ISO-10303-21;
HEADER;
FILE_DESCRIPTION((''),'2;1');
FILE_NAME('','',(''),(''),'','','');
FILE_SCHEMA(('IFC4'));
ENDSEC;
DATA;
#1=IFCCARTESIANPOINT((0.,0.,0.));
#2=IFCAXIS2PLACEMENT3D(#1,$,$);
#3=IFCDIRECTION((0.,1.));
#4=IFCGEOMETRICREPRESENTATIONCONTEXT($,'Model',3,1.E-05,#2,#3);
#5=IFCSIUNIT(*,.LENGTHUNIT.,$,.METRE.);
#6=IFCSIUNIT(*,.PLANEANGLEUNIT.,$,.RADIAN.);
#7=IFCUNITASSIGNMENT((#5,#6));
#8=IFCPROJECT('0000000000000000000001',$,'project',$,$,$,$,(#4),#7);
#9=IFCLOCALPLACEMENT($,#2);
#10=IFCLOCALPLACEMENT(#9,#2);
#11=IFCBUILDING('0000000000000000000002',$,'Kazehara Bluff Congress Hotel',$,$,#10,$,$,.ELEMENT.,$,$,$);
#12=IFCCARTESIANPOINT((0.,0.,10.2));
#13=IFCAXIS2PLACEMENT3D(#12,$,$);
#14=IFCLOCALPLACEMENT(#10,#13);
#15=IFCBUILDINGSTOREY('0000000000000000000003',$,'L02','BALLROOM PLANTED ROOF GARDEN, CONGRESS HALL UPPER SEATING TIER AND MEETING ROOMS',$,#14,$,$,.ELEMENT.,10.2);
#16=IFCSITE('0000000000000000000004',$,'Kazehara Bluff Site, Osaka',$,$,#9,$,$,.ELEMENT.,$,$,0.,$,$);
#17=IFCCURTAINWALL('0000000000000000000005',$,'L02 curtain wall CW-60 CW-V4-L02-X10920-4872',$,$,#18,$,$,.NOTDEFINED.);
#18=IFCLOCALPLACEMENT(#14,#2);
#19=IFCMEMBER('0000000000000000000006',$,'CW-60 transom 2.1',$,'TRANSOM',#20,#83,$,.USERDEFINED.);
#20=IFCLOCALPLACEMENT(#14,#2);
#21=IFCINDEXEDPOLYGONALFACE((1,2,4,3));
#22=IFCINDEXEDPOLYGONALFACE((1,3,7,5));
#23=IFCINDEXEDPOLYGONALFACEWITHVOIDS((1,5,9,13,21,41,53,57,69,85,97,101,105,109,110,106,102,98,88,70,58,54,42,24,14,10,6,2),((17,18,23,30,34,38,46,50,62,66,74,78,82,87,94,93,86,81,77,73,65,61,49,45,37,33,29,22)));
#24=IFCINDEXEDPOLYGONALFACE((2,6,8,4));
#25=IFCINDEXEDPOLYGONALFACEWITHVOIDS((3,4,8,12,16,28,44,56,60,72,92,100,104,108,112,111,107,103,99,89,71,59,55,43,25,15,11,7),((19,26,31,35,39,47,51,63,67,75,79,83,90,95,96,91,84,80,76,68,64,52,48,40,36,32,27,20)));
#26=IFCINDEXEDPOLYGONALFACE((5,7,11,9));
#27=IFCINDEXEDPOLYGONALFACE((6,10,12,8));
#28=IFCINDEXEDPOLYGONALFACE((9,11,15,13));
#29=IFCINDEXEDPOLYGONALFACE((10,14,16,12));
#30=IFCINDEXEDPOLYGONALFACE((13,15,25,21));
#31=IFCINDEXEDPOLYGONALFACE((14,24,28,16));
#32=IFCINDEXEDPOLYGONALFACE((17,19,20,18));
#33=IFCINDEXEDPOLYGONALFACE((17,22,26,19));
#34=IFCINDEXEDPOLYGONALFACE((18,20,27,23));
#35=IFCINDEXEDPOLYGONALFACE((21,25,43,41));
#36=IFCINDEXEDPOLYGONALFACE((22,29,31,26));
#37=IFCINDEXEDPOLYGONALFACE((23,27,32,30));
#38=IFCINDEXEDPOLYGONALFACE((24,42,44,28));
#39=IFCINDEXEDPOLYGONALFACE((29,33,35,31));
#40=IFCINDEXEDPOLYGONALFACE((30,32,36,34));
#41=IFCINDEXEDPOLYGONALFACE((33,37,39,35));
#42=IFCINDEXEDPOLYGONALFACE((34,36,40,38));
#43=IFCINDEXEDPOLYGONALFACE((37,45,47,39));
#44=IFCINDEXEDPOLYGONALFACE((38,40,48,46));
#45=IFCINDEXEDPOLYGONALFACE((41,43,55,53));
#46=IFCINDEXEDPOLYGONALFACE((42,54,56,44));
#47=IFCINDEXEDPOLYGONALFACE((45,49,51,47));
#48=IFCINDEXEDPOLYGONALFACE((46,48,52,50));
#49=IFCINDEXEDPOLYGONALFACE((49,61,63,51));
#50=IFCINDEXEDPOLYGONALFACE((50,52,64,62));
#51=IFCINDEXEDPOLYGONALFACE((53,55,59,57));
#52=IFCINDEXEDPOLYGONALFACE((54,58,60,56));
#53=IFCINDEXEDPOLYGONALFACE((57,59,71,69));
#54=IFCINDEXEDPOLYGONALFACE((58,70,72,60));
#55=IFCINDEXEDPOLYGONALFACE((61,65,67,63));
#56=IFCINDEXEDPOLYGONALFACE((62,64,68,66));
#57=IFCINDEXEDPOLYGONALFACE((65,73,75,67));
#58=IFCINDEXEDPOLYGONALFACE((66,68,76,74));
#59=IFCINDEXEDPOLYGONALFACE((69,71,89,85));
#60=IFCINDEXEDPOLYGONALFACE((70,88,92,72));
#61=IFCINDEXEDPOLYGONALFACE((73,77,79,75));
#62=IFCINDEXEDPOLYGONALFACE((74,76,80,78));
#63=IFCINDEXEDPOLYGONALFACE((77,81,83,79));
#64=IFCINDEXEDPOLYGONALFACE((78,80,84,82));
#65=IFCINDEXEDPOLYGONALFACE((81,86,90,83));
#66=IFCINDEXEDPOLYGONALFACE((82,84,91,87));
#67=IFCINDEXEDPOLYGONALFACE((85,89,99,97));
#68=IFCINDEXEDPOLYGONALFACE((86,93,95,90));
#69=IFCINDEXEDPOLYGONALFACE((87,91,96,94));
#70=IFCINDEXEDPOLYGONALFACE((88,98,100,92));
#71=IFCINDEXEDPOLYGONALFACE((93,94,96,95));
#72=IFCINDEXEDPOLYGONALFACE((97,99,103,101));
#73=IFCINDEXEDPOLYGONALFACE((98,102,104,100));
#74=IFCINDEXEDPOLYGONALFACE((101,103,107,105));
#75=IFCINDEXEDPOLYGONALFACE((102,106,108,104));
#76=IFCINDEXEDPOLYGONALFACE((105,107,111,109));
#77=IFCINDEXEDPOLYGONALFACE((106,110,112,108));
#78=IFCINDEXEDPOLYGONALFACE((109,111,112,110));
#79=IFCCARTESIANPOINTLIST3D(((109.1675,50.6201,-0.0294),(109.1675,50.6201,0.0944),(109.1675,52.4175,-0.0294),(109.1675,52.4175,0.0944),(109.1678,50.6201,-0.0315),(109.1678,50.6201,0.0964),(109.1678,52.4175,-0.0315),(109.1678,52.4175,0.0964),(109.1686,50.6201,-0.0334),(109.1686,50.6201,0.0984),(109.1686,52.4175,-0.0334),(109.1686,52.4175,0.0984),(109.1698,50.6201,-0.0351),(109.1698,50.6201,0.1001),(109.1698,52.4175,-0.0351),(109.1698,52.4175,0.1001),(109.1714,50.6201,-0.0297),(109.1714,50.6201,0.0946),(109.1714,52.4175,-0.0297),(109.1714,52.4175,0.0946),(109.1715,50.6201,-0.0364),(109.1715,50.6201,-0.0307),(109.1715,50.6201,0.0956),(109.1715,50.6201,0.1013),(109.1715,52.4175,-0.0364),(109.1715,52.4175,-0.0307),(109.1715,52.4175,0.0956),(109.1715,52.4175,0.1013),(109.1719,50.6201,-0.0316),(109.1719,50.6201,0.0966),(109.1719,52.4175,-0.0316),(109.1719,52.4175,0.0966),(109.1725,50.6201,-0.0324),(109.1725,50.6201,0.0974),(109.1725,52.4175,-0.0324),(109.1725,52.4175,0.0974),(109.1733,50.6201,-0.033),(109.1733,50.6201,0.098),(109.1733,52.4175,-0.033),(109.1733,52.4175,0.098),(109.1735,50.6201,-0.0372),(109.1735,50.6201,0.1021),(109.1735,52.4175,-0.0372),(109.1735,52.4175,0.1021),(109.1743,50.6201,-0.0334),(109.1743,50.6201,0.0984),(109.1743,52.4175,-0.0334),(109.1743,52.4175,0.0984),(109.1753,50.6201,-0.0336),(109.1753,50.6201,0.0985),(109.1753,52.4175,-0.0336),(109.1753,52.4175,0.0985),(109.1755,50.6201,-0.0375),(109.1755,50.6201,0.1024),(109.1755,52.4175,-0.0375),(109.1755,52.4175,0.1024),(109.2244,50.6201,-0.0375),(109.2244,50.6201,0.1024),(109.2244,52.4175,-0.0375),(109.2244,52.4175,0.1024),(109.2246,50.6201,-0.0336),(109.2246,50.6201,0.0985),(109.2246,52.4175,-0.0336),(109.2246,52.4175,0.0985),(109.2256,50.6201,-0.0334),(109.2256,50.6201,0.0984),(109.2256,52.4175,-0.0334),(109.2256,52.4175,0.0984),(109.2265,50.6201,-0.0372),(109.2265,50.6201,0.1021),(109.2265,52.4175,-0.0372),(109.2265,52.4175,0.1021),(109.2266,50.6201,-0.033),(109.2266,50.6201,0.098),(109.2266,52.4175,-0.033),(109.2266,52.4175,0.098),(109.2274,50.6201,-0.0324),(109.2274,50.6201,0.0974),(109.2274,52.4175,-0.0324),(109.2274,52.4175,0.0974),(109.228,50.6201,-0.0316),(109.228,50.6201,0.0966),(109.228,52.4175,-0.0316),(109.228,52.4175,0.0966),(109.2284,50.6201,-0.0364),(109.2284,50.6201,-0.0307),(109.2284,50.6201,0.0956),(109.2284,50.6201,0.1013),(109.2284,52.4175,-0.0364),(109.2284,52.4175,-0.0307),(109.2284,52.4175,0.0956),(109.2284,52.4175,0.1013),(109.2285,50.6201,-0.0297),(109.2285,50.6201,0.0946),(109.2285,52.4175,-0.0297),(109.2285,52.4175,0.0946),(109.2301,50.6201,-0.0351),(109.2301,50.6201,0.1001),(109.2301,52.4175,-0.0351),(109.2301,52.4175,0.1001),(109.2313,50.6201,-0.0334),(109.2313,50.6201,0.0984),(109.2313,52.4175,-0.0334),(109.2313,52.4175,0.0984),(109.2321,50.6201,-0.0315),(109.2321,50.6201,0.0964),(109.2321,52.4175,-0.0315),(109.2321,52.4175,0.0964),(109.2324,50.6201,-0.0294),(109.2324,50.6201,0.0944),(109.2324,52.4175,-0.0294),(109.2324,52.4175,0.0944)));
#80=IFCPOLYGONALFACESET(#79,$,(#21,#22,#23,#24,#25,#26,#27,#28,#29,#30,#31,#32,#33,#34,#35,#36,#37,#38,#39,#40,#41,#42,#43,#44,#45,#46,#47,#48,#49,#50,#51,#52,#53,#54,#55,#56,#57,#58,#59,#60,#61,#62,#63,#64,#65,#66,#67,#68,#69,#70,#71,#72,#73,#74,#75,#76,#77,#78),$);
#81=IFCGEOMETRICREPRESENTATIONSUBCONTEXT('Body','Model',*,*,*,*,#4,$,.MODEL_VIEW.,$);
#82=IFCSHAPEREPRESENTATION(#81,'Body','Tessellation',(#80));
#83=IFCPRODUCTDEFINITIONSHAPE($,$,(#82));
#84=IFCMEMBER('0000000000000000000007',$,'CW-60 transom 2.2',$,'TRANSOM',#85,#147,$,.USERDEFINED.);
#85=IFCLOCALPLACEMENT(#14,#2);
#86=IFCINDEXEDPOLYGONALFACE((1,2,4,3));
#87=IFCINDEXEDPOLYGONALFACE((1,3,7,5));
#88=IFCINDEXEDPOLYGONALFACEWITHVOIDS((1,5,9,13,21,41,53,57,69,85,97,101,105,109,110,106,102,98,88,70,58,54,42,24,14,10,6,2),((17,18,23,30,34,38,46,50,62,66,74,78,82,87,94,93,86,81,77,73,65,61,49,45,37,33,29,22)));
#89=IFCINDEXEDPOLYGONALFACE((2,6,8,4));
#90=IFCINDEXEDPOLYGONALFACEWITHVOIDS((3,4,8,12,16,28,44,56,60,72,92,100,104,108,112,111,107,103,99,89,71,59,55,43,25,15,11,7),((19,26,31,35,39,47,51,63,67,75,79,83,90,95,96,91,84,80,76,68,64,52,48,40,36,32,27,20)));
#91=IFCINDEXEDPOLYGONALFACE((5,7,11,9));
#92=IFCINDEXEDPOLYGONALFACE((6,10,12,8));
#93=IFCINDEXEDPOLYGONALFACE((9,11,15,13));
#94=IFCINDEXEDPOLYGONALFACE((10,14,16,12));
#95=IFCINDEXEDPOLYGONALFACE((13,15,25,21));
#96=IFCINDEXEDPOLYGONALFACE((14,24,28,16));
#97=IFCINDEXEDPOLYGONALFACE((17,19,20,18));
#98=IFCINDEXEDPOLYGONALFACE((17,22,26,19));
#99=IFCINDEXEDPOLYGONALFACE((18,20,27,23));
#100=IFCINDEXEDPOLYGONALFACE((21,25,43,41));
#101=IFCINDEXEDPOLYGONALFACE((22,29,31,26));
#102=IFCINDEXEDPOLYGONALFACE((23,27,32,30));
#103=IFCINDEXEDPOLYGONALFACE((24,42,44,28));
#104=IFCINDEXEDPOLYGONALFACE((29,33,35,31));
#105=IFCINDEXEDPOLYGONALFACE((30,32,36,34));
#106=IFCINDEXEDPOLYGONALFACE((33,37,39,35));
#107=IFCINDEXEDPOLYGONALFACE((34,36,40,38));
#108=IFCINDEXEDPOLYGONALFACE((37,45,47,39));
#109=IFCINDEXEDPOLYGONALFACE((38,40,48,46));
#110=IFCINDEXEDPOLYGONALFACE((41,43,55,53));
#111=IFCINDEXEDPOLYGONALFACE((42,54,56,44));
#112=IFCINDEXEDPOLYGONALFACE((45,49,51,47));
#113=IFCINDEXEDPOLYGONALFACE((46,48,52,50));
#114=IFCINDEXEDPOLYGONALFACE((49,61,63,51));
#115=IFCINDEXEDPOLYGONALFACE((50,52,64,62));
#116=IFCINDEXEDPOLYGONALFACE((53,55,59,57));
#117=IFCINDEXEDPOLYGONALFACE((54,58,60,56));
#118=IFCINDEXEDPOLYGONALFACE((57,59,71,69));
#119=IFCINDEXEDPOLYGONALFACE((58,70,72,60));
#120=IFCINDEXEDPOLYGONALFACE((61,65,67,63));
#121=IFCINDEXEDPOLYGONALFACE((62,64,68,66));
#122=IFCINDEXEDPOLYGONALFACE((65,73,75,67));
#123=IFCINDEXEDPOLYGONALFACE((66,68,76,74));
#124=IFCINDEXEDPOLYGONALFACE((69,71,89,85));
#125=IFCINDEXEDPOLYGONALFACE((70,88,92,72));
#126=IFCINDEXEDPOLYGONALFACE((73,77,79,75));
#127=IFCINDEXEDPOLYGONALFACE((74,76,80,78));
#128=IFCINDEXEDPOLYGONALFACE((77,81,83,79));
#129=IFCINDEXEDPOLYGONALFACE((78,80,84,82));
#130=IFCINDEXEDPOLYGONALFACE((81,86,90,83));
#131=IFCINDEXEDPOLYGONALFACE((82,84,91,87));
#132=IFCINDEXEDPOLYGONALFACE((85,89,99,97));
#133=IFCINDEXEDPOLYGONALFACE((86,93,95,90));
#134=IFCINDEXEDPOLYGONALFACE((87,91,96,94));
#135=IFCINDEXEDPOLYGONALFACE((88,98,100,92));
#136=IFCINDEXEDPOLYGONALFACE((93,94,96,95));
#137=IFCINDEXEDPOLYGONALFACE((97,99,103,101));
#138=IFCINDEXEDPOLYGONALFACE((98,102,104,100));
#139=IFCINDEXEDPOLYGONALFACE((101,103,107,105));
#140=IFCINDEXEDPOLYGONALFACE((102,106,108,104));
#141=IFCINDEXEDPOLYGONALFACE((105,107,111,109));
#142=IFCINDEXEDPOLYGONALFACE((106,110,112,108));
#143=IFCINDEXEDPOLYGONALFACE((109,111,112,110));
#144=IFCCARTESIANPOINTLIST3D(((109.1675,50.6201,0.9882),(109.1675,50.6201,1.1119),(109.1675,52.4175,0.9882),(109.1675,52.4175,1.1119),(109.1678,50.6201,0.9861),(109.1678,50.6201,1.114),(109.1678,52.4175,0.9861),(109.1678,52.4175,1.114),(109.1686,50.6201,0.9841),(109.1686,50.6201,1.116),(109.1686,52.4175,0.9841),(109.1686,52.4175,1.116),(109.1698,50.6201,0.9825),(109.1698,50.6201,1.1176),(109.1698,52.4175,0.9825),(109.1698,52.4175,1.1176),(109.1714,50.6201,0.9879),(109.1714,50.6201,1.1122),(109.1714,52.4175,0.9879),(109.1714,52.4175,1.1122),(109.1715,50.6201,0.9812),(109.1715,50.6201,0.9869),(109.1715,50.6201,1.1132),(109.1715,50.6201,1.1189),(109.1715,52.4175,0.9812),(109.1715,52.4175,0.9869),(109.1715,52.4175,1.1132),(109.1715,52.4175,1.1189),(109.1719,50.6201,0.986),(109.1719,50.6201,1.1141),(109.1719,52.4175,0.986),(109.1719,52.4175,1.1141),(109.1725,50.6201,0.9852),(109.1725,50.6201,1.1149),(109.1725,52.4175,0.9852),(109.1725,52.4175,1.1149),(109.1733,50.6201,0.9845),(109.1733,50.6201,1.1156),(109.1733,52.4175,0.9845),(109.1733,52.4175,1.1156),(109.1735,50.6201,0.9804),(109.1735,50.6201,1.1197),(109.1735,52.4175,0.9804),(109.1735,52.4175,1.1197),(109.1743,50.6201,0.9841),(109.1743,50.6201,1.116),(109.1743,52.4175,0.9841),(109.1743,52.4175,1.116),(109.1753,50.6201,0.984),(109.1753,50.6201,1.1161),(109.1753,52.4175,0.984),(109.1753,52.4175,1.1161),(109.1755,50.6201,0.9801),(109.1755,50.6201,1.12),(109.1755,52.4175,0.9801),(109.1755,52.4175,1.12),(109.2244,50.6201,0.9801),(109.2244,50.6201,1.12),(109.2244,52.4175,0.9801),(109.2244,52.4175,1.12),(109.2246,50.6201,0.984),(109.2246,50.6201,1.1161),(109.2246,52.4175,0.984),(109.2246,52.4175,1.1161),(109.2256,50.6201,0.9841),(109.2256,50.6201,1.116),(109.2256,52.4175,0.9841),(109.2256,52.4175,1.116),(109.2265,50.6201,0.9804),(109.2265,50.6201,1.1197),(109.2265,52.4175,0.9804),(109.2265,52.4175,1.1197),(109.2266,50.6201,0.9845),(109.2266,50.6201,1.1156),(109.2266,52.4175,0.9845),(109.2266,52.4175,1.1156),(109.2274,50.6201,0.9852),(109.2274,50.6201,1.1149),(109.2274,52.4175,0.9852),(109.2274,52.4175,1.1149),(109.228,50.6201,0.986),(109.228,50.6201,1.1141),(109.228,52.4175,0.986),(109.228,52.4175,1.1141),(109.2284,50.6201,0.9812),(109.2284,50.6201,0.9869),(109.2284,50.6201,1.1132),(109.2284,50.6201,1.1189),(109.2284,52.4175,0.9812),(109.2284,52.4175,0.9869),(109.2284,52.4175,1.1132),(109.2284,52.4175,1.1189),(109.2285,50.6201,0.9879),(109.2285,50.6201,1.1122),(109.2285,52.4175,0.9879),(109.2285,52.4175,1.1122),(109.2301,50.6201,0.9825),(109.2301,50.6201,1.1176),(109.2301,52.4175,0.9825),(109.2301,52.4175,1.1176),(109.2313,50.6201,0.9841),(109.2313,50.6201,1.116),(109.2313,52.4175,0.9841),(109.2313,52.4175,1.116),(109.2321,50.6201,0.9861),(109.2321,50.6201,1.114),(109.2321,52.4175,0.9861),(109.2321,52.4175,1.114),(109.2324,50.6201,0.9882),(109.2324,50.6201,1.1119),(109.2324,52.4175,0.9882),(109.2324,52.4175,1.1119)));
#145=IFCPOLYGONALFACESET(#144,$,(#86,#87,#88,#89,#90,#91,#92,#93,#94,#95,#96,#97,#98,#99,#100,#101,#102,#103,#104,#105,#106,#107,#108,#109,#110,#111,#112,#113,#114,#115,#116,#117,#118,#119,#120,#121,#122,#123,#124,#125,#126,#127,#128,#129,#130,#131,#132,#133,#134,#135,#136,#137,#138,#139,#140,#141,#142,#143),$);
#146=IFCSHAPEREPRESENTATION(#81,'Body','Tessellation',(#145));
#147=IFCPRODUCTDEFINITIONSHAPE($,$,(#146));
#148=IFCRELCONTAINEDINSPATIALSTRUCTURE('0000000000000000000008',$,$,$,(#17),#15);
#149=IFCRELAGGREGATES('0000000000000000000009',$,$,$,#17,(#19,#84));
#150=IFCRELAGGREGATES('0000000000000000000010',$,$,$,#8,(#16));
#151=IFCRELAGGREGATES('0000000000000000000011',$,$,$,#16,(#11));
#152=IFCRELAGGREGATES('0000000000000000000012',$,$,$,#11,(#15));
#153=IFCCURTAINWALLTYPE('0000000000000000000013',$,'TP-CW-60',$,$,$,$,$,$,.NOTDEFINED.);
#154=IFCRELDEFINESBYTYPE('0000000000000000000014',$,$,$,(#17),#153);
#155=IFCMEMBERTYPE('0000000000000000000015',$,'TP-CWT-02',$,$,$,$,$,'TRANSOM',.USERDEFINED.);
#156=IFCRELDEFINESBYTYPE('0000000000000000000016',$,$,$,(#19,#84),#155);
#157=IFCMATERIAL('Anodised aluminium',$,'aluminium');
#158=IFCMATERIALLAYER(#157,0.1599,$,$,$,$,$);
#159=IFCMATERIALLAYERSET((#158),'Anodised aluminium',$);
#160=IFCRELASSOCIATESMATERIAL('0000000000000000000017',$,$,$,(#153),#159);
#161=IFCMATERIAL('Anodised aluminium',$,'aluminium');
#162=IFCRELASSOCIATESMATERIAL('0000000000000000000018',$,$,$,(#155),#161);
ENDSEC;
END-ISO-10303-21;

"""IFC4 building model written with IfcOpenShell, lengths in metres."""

from ifc_helpers import new_model, si_unit, direction, frame, origin, origin_2d, place, context, subcontext, project, spatial, hollow_rectangle, extrude, material, layer, layer_set, material_profile, profile_set, type_object, element, aggregate, save


model = new_model("IFC4")

# Units and contexts
model_context = context("Model", 3, precision=1e-05, world=origin(), true_north=direction((0.0, 1.0)))
body_context = subcontext(model_context, "Body", "Model", "MODEL_VIEW")
ifc_project = project(units=[si_unit("LENGTHUNIT", "METRE"), si_unit("PLANEANGLEUNIT", "RADIAN")], contexts=[model_context])

# Site, building, storey
site_placement = place(None, origin())
site = spatial("IfcSite", under=ifc_project, at=site_placement, Name="Kazehara Bluff Site, Osaka", CompositionType="ELEMENT", RefElevation=0.0)
building_placement = place(site_placement, origin())
building = spatial("IfcBuilding", under=site, at=building_placement, Name="Kazehara Bluff Congress Hotel", CompositionType="ELEMENT")
storey_placement = place(building_placement, frame((0.0, 0.0, 10.2)))
storey = spatial("IfcBuildingStorey", under=building, at=storey_placement, Name="L02", Description="BALLROOM PLANTED ROOF GARDEN, CONGRESS HALL UPPER SEATING TIER AND MEETING ROOMS", CompositionType="ELEMENT", Elevation=10.2)

# Curtain wall
ifc_material_1 = material(Name="Anodised aluminium", Category="aluminium")
ifc_layer_1 = layer(ifc_material_1, 0.1599)
ifc_layer_set_1 = layer_set([ifc_layer_1], Name="Anodised aluminium")
curtain_wall_type_1 = type_object("IfcCurtainWallType", Name="TP-CW-60", PredefinedType="NOTDEFINED", material=ifc_layer_set_1)
curtain_wall_1_placement = place(storey_placement, origin())
curtain_wall_1 = element("IfcCurtainWall", 1, at=curtain_wall_1_placement, inside=storey, type_object=curtain_wall_type_1, Name="L02 curtain wall CW-60 CW-V4-L02-X10920-4872", PredefinedType="NOTDEFINED")

# Members
ifc_material_2 = material(Name="Anodised aluminium", Category="aluminium")
ifc_material_profile_1 = material_profile(ifc_material_2, hollow_rectangle(XDim=0.0649, YDim=0.1399, WallThickness=0.0039, InnerFilletRadius=0.0039, OuterFilletRadius=0.0081, at=origin_2d()))
ifc_profile_set_1 = profile_set([ifc_material_profile_1], Name="Anodised aluminium")
member_type_1 = type_object("IfcMemberType", Name="TP-CWT-02", ElementType="TRANSOM", PredefinedType="USERDEFINED", material=ifc_profile_set_1)
member_1_placement = place(storey_placement, frame((109.2, 50.6201, 0.0325), z_axis=(0.0, 1.0, 0.0), x_axis=(-1.0, 0.0, 0.0)))
member_1 = element("IfcMember", 2, at=member_1_placement, type_object=member_type_1, Name="CW-60 transom 2.1", ObjectType="TRANSOM", PredefinedType="USERDEFINED", context=body_context, shape_type="SweptSolid", body=[
    extrude(hollow_rectangle(XDim=0.0649, YDim=0.1399, WallThickness=0.0039, InnerFilletRadius=0.0039, OuterFilletRadius=0.0081, at=origin_2d()), origin(), (0.0, 0.0, 1.0), 1.7974),
])
member_2_placement = place(storey_placement, frame((109.2, 50.6201, 1.05), z_axis=(0.0, 1.0, 0.0), x_axis=(-1.0, 0.0, 0.0)))
member_2 = element("IfcMember", 3, at=member_2_placement, type_object=member_type_1, Name="CW-60 transom 2.2", ObjectType="TRANSOM", PredefinedType="USERDEFINED", context=body_context, shape_type="SweptSolid", body=[
    extrude(hollow_rectangle(XDim=0.0649, YDim=0.1399, WallThickness=0.0039, InnerFilletRadius=0.0039, OuterFilletRadius=0.0081, at=origin_2d()), origin(), (0.0, 0.0, 1.0), 1.7974),
])

aggregate(curtain_wall_1, [member_1, member_2])

save(model, "model.ifc")
